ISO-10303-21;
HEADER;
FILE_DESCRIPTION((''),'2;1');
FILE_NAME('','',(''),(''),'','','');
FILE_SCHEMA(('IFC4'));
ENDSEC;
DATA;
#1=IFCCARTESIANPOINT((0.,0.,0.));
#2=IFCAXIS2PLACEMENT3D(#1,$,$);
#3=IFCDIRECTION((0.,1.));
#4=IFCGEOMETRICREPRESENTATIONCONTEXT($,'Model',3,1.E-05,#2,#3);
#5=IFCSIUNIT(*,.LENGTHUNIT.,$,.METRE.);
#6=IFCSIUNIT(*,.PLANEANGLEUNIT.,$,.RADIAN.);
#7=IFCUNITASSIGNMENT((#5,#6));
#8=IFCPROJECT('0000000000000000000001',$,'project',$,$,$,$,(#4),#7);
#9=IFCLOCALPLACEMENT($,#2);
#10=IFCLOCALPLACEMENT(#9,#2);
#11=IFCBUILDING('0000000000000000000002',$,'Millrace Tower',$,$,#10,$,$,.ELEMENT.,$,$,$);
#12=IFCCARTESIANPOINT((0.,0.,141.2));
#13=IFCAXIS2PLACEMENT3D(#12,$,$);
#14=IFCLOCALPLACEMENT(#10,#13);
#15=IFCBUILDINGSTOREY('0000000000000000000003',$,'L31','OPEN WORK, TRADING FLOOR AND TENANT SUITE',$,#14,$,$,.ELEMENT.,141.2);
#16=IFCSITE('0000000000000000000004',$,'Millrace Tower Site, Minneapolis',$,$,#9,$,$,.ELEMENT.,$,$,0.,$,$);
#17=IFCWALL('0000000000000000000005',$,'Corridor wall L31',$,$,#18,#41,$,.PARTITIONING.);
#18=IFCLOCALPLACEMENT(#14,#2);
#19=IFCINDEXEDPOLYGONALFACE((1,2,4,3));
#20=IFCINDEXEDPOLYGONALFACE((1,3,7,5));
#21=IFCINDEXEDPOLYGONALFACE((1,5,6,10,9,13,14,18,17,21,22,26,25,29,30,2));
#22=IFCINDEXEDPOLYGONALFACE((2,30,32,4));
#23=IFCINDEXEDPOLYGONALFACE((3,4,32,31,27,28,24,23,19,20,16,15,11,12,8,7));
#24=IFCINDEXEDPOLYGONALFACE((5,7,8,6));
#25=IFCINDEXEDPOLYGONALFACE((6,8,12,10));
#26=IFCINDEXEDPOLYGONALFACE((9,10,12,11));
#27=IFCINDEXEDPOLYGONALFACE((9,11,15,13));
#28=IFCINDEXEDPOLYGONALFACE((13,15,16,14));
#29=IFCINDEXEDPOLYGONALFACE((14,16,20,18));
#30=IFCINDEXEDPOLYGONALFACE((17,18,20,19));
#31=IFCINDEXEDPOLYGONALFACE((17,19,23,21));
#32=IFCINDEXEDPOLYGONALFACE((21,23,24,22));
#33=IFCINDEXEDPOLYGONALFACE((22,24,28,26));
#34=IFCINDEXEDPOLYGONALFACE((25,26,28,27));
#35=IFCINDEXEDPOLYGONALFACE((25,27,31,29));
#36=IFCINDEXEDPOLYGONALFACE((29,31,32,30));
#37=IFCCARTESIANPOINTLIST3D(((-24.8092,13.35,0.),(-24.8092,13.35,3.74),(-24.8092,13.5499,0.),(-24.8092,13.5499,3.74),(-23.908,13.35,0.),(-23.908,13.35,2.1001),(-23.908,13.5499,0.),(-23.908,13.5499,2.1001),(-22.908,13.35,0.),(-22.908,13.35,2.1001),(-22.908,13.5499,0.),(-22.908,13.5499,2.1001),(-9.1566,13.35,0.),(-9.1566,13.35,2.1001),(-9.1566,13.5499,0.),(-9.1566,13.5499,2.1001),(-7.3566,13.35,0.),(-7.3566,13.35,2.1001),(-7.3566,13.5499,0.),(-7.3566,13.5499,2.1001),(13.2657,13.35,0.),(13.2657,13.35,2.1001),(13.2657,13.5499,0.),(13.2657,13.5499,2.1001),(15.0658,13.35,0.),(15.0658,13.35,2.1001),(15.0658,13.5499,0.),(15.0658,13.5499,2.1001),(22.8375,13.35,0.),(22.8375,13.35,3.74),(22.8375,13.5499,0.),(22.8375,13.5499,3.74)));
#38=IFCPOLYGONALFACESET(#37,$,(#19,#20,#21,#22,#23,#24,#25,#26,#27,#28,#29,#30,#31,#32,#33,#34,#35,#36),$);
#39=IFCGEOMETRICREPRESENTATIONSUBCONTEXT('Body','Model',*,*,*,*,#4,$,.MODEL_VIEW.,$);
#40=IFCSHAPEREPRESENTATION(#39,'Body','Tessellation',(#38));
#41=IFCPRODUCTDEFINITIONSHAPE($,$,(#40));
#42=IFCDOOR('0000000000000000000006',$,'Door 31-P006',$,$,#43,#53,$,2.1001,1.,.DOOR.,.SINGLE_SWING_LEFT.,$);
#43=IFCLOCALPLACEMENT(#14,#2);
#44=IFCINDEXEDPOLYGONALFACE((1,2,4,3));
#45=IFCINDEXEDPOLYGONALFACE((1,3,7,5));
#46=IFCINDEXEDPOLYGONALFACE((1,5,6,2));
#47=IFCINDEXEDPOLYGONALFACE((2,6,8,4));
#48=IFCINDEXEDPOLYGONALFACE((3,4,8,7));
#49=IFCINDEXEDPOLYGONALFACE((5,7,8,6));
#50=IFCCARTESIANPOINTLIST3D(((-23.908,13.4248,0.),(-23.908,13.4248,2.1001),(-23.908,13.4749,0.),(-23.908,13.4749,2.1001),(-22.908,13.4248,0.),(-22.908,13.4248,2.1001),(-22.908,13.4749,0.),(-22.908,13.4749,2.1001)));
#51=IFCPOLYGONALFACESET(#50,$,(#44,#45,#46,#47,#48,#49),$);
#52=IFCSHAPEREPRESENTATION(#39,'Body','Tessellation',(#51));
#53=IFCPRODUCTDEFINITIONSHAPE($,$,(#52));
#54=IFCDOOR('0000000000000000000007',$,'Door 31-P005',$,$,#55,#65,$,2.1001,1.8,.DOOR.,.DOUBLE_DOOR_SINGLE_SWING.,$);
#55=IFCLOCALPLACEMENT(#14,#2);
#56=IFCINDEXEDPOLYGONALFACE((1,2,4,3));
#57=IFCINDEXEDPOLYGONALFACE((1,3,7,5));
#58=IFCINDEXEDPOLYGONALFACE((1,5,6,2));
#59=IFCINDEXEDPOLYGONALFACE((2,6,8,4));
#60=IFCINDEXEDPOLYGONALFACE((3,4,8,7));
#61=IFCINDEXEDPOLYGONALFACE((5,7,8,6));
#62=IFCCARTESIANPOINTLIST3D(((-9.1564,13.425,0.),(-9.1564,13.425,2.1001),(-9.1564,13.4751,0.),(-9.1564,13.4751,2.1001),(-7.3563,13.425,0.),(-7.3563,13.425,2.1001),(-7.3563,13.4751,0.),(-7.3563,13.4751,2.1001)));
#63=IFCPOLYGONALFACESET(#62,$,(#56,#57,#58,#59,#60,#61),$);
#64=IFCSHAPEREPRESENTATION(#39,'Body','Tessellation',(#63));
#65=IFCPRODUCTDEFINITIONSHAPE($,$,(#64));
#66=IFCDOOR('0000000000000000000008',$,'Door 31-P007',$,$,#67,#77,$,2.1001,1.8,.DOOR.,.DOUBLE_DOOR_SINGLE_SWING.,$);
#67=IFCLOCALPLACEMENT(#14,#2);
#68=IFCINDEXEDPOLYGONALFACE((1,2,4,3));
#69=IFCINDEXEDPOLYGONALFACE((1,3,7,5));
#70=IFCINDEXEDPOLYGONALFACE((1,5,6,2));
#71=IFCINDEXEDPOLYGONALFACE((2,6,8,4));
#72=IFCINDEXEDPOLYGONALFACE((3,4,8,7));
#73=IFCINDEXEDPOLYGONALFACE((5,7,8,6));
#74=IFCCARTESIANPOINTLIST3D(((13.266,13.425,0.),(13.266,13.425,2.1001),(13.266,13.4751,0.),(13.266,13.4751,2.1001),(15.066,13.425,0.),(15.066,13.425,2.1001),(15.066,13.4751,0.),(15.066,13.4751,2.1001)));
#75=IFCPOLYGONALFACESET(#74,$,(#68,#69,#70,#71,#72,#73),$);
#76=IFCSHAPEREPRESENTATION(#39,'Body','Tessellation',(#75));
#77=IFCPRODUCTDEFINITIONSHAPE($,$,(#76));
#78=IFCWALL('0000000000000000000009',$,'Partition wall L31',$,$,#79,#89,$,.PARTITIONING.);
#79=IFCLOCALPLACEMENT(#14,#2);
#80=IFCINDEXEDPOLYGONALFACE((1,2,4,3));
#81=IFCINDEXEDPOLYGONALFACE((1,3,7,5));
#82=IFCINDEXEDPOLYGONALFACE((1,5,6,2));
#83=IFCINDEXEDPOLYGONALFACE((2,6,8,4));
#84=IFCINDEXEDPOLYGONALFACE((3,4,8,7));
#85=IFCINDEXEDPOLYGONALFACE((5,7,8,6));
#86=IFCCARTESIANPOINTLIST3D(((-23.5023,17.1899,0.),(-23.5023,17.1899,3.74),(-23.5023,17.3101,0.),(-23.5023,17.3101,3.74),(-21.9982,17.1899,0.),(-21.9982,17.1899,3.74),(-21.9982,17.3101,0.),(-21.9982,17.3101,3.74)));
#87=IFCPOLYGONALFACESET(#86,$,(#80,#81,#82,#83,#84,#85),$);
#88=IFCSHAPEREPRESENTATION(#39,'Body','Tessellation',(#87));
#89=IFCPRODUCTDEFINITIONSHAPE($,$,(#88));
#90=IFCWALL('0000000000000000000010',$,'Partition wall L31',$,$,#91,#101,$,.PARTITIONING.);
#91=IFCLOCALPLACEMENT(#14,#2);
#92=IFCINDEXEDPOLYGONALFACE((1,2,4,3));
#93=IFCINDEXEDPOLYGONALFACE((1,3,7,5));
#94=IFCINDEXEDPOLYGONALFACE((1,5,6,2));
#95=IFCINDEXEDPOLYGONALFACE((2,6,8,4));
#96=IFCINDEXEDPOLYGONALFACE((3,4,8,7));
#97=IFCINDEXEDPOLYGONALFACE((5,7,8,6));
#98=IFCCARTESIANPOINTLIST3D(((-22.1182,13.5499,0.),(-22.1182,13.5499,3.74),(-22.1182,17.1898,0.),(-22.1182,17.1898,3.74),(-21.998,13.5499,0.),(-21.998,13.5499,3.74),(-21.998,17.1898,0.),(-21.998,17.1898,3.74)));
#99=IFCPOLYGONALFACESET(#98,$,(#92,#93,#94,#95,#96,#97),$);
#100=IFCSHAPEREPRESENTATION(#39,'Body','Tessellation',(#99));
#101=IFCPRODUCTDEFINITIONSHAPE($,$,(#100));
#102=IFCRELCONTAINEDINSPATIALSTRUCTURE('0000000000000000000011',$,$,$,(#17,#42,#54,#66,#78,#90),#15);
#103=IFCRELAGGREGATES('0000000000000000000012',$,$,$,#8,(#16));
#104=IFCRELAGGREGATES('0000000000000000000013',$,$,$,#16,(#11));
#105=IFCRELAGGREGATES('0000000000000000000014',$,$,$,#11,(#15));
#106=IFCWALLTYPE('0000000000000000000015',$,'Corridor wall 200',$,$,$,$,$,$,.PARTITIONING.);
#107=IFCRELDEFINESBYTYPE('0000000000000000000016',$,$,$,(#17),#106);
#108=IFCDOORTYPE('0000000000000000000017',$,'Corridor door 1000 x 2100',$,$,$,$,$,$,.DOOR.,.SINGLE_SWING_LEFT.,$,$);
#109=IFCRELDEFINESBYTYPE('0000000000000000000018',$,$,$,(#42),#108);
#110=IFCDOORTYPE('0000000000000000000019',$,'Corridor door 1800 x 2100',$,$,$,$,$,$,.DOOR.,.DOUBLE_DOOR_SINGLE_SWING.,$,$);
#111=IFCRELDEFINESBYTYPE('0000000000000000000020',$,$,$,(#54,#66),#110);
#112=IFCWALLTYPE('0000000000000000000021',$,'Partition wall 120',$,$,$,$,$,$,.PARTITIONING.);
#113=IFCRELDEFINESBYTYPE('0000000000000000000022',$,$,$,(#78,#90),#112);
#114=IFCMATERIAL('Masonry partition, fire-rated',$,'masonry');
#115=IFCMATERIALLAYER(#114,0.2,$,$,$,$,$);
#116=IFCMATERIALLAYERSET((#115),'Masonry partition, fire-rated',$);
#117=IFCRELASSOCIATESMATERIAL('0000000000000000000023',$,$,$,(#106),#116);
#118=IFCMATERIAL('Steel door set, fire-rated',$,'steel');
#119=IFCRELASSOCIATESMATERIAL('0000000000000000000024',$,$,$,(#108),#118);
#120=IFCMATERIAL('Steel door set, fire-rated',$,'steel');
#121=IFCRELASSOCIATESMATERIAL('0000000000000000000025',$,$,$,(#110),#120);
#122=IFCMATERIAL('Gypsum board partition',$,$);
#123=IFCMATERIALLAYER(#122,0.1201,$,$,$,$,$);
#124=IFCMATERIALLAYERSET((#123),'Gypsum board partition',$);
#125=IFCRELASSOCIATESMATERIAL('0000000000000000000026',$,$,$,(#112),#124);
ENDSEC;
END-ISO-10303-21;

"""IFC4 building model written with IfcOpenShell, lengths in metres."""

from ifc_helpers import new_model, si_unit, direction, frame, frame_2d, origin, place, context, subcontext, project, spatial, rectangle, extrude, material, layer, layer_set, type_object, element, fill, save


model = new_model("IFC4")

# Units and contexts
model_context = context("Model", 3, precision=1e-05, world=origin(), true_north=direction((0.0, 1.0)))
body_context = subcontext(model_context, "Body", "Model", "MODEL_VIEW")
ifc_project = project(units=[si_unit("LENGTHUNIT", "METRE"), si_unit("PLANEANGLEUNIT", "RADIAN")], contexts=[model_context])

# Site, building, storey
site_placement = place(None, origin())
site = spatial("IfcSite", under=ifc_project, at=site_placement, Name="Millrace Tower Site, Minneapolis", CompositionType="ELEMENT", RefElevation=0.0)
building_placement = place(site_placement, origin())
building = spatial("IfcBuilding", under=site, at=building_placement, Name="Millrace Tower", CompositionType="ELEMENT")
storey_placement = place(building_placement, frame((0.0, 0.0, 141.2)))
storey = spatial("IfcBuildingStorey", under=building, at=storey_placement, Name="L31", Description="OPEN WORK, TRADING FLOOR AND TENANT SUITE", CompositionType="ELEMENT", Elevation=141.2)

# Wall, openings, doors
ifc_material_1 = material(Name="Masonry partition, fire-rated", Category="masonry")
ifc_layer_1 = layer(ifc_material_1, 0.2)
ifc_layer_set_1 = layer_set([ifc_layer_1], Name="Masonry partition, fire-rated")
wall_type_1 = type_object("IfcWallType", Name="Corridor wall 200", PredefinedType="PARTITIONING", material=ifc_layer_set_1)
wall_1_placement = place(storey_placement, frame((-24.8091, 13.45, 0.0), z_axis=(0.0, 0.0, 1.0), x_axis=(1.0, 0.0, 0.0)))
wall_1 = element("IfcWall", 1, at=wall_1_placement, inside=storey, type_object=wall_type_1, Name="Corridor wall L31", PredefinedType="PARTITIONING", context=body_context, shape_type="SweptSolid", body=[
    extrude(rectangle(XDim=47.6467, YDim=0.2, at=frame_2d((23.8232, 0.0))), origin(), (0.0, 0.0, 1.0), 3.74),
])
opening_1_placement = place(wall_1_placement, frame((15.6526, 0.0, 0.0)))
opening_1 = element("IfcOpeningElement", 2, at=opening_1_placement, cuts=wall_1, PredefinedType="OPENING", context=body_context, shape_type="SweptSolid", body=[
    extrude(rectangle(XDim=1.8, YDim=2.1001, at=frame_2d((0.8999, 1.05))), frame((0.0, 0.1099, 0.0), z_axis=(0.0, -1.0, 0.0), x_axis=(1.0, 0.0, 0.0)), (0.0, 0.0, 1.0), 0.22),
])
opening_2_placement = place(wall_1_placement, frame((0.9011, 0.0, 0.0)))
opening_2 = element("IfcOpeningElement", 3, at=opening_2_placement, cuts=wall_1, PredefinedType="OPENING", context=body_context, shape_type="SweptSolid", body=[
    extrude(rectangle(XDim=1.0, YDim=2.1001, at=frame_2d((0.5, 1.05))), frame((0.0, 0.1099, 0.0), z_axis=(0.0, -1.0, 0.0), x_axis=(1.0, 0.0, 0.0)), (0.0, 0.0, 1.0), 0.22),
])
opening_3_placement = place(wall_1_placement, frame((38.075, 0.0, 0.0)))
opening_3 = element("IfcOpeningElement", 4, at=opening_3_placement, cuts=wall_1, PredefinedType="OPENING", context=body_context, shape_type="SweptSolid", body=[
    extrude(rectangle(XDim=1.8, YDim=2.1001, at=frame_2d((0.8999, 1.05))), frame((0.0, 0.1099, 0.0), z_axis=(0.0, -1.0, 0.0), x_axis=(1.0, 0.0, 0.0)), (0.0, 0.0, 1.0), 0.22),
])
ifc_material_2 = material(Name="Steel door set, fire-rated", Category="steel")
door_type_1 = type_object("IfcDoorType", Name="Corridor door 1000 x 2100", OperationType="SINGLE_SWING_LEFT", PredefinedType="DOOR", material=ifc_material_2)
door_1_placement = place(opening_2_placement, origin())
door_1 = element("IfcDoor", 5, at=door_1_placement, inside=storey, type_object=door_type_1, Name="Door 31-P006", OperationType="SINGLE_SWING_LEFT", OverallHeight=2.1001, OverallWidth=1.0, PredefinedType="DOOR", context=body_context, shape_type="SweptSolid", body=[
    extrude(rectangle(XDim=1.0, YDim=2.1001, at=frame_2d((0.5, 1.05))), frame((0.0, 0.0249, 0.0), z_axis=(0.0, -1.0, 0.0), x_axis=(1.0, 0.0, 0.0)), (0.0, 0.0, 1.0), 0.05),
])
fill(opening_2, door_1)
ifc_material_3 = material(Name="Steel door set, fire-rated", Category="steel")
door_type_2 = type_object("IfcDoorType", Name="Corridor door 1800 x 2100", OperationType="DOUBLE_DOOR_SINGLE_SWING", PredefinedType="DOOR", material=ifc_material_3)
door_2_placement = place(opening_1_placement, frame((1.8, 0.0, 0.0), z_axis=(0.0, 0.0, 1.0), x_axis=(-1.0, 0.0, 0.0)))
door_2 = element("IfcDoor", 6, at=door_2_placement, inside=storey, type_object=door_type_2, Name="Door 31-P005", OperationType="DOUBLE_DOOR_SINGLE_SWING", OverallHeight=2.1001, OverallWidth=1.8, PredefinedType="DOOR", context=body_context, shape_type="SweptSolid", body=[
    extrude(rectangle(XDim=1.8, YDim=2.1001, at=frame_2d((0.8999, 1.05))), frame((0.0, 0.0249, 0.0), z_axis=(0.0, -1.0, 0.0), x_axis=(1.0, 0.0, 0.0)), (0.0, 0.0, 1.0), 0.05),
])
fill(opening_1, door_2)
door_3_placement = place(opening_3_placement, frame((1.8, 0.0, 0.0), z_axis=(0.0, 0.0, 1.0), x_axis=(-1.0, 0.0, 0.0)))
door_3 = element("IfcDoor", 7, at=door_3_placement, inside=storey, type_object=door_type_2, Name="Door 31-P007", OperationType="DOUBLE_DOOR_SINGLE_SWING", OverallHeight=2.1001, OverallWidth=1.8, PredefinedType="DOOR", context=body_context, shape_type="SweptSolid", body=[
    extrude(rectangle(XDim=1.8, YDim=2.1001, at=frame_2d((0.8999, 1.05))), frame((0.0, 0.0249, 0.0), z_axis=(0.0, -1.0, 0.0), x_axis=(1.0, 0.0, 0.0)), (0.0, 0.0, 1.0), 0.05),
])
fill(opening_3, door_3)

# Walls
ifc_material_4 = material(Name="Gypsum board partition")
ifc_layer_2 = layer(ifc_material_4, 0.1201)
ifc_layer_set_2 = layer_set([ifc_layer_2], Name="Gypsum board partition")
wall_type_2 = type_object("IfcWallType", Name="Partition wall 120", PredefinedType="PARTITIONING", material=ifc_layer_set_2)
wall_2_placement = place(storey_placement, frame((-23.5022, 17.25, 0.0), z_axis=(0.0, 0.0, 1.0), x_axis=(1.0, 0.0, 0.0)))
element("IfcWall", 8, at=wall_2_placement, inside=storey, type_object=wall_type_2, Name="Partition wall L31", PredefinedType="PARTITIONING", context=body_context, shape_type="SweptSolid", body=[
    extrude(rectangle(XDim=1.5042, YDim=0.1201, at=frame_2d((0.752, 0.0))), origin(), (0.0, 0.0, 1.0), 3.74),
])
wall_3_placement = place(storey_placement, frame((-22.0581, 13.55, 0.0), z_axis=(0.0, 0.0, 1.0), x_axis=(0.0, 1.0, 0.0)))
element("IfcWall", 9, at=wall_3_placement, inside=storey, type_object=wall_type_2, Name="Partition wall L31", PredefinedType="PARTITIONING", context=body_context, shape_type="SweptSolid", body=[
    extrude(rectangle(XDim=3.6399, YDim=0.1201, at=frame_2d((1.8198, 0.0))), origin(), (0.0, 0.0, 1.0), 3.74),
])

save(model, "model.ifc")
